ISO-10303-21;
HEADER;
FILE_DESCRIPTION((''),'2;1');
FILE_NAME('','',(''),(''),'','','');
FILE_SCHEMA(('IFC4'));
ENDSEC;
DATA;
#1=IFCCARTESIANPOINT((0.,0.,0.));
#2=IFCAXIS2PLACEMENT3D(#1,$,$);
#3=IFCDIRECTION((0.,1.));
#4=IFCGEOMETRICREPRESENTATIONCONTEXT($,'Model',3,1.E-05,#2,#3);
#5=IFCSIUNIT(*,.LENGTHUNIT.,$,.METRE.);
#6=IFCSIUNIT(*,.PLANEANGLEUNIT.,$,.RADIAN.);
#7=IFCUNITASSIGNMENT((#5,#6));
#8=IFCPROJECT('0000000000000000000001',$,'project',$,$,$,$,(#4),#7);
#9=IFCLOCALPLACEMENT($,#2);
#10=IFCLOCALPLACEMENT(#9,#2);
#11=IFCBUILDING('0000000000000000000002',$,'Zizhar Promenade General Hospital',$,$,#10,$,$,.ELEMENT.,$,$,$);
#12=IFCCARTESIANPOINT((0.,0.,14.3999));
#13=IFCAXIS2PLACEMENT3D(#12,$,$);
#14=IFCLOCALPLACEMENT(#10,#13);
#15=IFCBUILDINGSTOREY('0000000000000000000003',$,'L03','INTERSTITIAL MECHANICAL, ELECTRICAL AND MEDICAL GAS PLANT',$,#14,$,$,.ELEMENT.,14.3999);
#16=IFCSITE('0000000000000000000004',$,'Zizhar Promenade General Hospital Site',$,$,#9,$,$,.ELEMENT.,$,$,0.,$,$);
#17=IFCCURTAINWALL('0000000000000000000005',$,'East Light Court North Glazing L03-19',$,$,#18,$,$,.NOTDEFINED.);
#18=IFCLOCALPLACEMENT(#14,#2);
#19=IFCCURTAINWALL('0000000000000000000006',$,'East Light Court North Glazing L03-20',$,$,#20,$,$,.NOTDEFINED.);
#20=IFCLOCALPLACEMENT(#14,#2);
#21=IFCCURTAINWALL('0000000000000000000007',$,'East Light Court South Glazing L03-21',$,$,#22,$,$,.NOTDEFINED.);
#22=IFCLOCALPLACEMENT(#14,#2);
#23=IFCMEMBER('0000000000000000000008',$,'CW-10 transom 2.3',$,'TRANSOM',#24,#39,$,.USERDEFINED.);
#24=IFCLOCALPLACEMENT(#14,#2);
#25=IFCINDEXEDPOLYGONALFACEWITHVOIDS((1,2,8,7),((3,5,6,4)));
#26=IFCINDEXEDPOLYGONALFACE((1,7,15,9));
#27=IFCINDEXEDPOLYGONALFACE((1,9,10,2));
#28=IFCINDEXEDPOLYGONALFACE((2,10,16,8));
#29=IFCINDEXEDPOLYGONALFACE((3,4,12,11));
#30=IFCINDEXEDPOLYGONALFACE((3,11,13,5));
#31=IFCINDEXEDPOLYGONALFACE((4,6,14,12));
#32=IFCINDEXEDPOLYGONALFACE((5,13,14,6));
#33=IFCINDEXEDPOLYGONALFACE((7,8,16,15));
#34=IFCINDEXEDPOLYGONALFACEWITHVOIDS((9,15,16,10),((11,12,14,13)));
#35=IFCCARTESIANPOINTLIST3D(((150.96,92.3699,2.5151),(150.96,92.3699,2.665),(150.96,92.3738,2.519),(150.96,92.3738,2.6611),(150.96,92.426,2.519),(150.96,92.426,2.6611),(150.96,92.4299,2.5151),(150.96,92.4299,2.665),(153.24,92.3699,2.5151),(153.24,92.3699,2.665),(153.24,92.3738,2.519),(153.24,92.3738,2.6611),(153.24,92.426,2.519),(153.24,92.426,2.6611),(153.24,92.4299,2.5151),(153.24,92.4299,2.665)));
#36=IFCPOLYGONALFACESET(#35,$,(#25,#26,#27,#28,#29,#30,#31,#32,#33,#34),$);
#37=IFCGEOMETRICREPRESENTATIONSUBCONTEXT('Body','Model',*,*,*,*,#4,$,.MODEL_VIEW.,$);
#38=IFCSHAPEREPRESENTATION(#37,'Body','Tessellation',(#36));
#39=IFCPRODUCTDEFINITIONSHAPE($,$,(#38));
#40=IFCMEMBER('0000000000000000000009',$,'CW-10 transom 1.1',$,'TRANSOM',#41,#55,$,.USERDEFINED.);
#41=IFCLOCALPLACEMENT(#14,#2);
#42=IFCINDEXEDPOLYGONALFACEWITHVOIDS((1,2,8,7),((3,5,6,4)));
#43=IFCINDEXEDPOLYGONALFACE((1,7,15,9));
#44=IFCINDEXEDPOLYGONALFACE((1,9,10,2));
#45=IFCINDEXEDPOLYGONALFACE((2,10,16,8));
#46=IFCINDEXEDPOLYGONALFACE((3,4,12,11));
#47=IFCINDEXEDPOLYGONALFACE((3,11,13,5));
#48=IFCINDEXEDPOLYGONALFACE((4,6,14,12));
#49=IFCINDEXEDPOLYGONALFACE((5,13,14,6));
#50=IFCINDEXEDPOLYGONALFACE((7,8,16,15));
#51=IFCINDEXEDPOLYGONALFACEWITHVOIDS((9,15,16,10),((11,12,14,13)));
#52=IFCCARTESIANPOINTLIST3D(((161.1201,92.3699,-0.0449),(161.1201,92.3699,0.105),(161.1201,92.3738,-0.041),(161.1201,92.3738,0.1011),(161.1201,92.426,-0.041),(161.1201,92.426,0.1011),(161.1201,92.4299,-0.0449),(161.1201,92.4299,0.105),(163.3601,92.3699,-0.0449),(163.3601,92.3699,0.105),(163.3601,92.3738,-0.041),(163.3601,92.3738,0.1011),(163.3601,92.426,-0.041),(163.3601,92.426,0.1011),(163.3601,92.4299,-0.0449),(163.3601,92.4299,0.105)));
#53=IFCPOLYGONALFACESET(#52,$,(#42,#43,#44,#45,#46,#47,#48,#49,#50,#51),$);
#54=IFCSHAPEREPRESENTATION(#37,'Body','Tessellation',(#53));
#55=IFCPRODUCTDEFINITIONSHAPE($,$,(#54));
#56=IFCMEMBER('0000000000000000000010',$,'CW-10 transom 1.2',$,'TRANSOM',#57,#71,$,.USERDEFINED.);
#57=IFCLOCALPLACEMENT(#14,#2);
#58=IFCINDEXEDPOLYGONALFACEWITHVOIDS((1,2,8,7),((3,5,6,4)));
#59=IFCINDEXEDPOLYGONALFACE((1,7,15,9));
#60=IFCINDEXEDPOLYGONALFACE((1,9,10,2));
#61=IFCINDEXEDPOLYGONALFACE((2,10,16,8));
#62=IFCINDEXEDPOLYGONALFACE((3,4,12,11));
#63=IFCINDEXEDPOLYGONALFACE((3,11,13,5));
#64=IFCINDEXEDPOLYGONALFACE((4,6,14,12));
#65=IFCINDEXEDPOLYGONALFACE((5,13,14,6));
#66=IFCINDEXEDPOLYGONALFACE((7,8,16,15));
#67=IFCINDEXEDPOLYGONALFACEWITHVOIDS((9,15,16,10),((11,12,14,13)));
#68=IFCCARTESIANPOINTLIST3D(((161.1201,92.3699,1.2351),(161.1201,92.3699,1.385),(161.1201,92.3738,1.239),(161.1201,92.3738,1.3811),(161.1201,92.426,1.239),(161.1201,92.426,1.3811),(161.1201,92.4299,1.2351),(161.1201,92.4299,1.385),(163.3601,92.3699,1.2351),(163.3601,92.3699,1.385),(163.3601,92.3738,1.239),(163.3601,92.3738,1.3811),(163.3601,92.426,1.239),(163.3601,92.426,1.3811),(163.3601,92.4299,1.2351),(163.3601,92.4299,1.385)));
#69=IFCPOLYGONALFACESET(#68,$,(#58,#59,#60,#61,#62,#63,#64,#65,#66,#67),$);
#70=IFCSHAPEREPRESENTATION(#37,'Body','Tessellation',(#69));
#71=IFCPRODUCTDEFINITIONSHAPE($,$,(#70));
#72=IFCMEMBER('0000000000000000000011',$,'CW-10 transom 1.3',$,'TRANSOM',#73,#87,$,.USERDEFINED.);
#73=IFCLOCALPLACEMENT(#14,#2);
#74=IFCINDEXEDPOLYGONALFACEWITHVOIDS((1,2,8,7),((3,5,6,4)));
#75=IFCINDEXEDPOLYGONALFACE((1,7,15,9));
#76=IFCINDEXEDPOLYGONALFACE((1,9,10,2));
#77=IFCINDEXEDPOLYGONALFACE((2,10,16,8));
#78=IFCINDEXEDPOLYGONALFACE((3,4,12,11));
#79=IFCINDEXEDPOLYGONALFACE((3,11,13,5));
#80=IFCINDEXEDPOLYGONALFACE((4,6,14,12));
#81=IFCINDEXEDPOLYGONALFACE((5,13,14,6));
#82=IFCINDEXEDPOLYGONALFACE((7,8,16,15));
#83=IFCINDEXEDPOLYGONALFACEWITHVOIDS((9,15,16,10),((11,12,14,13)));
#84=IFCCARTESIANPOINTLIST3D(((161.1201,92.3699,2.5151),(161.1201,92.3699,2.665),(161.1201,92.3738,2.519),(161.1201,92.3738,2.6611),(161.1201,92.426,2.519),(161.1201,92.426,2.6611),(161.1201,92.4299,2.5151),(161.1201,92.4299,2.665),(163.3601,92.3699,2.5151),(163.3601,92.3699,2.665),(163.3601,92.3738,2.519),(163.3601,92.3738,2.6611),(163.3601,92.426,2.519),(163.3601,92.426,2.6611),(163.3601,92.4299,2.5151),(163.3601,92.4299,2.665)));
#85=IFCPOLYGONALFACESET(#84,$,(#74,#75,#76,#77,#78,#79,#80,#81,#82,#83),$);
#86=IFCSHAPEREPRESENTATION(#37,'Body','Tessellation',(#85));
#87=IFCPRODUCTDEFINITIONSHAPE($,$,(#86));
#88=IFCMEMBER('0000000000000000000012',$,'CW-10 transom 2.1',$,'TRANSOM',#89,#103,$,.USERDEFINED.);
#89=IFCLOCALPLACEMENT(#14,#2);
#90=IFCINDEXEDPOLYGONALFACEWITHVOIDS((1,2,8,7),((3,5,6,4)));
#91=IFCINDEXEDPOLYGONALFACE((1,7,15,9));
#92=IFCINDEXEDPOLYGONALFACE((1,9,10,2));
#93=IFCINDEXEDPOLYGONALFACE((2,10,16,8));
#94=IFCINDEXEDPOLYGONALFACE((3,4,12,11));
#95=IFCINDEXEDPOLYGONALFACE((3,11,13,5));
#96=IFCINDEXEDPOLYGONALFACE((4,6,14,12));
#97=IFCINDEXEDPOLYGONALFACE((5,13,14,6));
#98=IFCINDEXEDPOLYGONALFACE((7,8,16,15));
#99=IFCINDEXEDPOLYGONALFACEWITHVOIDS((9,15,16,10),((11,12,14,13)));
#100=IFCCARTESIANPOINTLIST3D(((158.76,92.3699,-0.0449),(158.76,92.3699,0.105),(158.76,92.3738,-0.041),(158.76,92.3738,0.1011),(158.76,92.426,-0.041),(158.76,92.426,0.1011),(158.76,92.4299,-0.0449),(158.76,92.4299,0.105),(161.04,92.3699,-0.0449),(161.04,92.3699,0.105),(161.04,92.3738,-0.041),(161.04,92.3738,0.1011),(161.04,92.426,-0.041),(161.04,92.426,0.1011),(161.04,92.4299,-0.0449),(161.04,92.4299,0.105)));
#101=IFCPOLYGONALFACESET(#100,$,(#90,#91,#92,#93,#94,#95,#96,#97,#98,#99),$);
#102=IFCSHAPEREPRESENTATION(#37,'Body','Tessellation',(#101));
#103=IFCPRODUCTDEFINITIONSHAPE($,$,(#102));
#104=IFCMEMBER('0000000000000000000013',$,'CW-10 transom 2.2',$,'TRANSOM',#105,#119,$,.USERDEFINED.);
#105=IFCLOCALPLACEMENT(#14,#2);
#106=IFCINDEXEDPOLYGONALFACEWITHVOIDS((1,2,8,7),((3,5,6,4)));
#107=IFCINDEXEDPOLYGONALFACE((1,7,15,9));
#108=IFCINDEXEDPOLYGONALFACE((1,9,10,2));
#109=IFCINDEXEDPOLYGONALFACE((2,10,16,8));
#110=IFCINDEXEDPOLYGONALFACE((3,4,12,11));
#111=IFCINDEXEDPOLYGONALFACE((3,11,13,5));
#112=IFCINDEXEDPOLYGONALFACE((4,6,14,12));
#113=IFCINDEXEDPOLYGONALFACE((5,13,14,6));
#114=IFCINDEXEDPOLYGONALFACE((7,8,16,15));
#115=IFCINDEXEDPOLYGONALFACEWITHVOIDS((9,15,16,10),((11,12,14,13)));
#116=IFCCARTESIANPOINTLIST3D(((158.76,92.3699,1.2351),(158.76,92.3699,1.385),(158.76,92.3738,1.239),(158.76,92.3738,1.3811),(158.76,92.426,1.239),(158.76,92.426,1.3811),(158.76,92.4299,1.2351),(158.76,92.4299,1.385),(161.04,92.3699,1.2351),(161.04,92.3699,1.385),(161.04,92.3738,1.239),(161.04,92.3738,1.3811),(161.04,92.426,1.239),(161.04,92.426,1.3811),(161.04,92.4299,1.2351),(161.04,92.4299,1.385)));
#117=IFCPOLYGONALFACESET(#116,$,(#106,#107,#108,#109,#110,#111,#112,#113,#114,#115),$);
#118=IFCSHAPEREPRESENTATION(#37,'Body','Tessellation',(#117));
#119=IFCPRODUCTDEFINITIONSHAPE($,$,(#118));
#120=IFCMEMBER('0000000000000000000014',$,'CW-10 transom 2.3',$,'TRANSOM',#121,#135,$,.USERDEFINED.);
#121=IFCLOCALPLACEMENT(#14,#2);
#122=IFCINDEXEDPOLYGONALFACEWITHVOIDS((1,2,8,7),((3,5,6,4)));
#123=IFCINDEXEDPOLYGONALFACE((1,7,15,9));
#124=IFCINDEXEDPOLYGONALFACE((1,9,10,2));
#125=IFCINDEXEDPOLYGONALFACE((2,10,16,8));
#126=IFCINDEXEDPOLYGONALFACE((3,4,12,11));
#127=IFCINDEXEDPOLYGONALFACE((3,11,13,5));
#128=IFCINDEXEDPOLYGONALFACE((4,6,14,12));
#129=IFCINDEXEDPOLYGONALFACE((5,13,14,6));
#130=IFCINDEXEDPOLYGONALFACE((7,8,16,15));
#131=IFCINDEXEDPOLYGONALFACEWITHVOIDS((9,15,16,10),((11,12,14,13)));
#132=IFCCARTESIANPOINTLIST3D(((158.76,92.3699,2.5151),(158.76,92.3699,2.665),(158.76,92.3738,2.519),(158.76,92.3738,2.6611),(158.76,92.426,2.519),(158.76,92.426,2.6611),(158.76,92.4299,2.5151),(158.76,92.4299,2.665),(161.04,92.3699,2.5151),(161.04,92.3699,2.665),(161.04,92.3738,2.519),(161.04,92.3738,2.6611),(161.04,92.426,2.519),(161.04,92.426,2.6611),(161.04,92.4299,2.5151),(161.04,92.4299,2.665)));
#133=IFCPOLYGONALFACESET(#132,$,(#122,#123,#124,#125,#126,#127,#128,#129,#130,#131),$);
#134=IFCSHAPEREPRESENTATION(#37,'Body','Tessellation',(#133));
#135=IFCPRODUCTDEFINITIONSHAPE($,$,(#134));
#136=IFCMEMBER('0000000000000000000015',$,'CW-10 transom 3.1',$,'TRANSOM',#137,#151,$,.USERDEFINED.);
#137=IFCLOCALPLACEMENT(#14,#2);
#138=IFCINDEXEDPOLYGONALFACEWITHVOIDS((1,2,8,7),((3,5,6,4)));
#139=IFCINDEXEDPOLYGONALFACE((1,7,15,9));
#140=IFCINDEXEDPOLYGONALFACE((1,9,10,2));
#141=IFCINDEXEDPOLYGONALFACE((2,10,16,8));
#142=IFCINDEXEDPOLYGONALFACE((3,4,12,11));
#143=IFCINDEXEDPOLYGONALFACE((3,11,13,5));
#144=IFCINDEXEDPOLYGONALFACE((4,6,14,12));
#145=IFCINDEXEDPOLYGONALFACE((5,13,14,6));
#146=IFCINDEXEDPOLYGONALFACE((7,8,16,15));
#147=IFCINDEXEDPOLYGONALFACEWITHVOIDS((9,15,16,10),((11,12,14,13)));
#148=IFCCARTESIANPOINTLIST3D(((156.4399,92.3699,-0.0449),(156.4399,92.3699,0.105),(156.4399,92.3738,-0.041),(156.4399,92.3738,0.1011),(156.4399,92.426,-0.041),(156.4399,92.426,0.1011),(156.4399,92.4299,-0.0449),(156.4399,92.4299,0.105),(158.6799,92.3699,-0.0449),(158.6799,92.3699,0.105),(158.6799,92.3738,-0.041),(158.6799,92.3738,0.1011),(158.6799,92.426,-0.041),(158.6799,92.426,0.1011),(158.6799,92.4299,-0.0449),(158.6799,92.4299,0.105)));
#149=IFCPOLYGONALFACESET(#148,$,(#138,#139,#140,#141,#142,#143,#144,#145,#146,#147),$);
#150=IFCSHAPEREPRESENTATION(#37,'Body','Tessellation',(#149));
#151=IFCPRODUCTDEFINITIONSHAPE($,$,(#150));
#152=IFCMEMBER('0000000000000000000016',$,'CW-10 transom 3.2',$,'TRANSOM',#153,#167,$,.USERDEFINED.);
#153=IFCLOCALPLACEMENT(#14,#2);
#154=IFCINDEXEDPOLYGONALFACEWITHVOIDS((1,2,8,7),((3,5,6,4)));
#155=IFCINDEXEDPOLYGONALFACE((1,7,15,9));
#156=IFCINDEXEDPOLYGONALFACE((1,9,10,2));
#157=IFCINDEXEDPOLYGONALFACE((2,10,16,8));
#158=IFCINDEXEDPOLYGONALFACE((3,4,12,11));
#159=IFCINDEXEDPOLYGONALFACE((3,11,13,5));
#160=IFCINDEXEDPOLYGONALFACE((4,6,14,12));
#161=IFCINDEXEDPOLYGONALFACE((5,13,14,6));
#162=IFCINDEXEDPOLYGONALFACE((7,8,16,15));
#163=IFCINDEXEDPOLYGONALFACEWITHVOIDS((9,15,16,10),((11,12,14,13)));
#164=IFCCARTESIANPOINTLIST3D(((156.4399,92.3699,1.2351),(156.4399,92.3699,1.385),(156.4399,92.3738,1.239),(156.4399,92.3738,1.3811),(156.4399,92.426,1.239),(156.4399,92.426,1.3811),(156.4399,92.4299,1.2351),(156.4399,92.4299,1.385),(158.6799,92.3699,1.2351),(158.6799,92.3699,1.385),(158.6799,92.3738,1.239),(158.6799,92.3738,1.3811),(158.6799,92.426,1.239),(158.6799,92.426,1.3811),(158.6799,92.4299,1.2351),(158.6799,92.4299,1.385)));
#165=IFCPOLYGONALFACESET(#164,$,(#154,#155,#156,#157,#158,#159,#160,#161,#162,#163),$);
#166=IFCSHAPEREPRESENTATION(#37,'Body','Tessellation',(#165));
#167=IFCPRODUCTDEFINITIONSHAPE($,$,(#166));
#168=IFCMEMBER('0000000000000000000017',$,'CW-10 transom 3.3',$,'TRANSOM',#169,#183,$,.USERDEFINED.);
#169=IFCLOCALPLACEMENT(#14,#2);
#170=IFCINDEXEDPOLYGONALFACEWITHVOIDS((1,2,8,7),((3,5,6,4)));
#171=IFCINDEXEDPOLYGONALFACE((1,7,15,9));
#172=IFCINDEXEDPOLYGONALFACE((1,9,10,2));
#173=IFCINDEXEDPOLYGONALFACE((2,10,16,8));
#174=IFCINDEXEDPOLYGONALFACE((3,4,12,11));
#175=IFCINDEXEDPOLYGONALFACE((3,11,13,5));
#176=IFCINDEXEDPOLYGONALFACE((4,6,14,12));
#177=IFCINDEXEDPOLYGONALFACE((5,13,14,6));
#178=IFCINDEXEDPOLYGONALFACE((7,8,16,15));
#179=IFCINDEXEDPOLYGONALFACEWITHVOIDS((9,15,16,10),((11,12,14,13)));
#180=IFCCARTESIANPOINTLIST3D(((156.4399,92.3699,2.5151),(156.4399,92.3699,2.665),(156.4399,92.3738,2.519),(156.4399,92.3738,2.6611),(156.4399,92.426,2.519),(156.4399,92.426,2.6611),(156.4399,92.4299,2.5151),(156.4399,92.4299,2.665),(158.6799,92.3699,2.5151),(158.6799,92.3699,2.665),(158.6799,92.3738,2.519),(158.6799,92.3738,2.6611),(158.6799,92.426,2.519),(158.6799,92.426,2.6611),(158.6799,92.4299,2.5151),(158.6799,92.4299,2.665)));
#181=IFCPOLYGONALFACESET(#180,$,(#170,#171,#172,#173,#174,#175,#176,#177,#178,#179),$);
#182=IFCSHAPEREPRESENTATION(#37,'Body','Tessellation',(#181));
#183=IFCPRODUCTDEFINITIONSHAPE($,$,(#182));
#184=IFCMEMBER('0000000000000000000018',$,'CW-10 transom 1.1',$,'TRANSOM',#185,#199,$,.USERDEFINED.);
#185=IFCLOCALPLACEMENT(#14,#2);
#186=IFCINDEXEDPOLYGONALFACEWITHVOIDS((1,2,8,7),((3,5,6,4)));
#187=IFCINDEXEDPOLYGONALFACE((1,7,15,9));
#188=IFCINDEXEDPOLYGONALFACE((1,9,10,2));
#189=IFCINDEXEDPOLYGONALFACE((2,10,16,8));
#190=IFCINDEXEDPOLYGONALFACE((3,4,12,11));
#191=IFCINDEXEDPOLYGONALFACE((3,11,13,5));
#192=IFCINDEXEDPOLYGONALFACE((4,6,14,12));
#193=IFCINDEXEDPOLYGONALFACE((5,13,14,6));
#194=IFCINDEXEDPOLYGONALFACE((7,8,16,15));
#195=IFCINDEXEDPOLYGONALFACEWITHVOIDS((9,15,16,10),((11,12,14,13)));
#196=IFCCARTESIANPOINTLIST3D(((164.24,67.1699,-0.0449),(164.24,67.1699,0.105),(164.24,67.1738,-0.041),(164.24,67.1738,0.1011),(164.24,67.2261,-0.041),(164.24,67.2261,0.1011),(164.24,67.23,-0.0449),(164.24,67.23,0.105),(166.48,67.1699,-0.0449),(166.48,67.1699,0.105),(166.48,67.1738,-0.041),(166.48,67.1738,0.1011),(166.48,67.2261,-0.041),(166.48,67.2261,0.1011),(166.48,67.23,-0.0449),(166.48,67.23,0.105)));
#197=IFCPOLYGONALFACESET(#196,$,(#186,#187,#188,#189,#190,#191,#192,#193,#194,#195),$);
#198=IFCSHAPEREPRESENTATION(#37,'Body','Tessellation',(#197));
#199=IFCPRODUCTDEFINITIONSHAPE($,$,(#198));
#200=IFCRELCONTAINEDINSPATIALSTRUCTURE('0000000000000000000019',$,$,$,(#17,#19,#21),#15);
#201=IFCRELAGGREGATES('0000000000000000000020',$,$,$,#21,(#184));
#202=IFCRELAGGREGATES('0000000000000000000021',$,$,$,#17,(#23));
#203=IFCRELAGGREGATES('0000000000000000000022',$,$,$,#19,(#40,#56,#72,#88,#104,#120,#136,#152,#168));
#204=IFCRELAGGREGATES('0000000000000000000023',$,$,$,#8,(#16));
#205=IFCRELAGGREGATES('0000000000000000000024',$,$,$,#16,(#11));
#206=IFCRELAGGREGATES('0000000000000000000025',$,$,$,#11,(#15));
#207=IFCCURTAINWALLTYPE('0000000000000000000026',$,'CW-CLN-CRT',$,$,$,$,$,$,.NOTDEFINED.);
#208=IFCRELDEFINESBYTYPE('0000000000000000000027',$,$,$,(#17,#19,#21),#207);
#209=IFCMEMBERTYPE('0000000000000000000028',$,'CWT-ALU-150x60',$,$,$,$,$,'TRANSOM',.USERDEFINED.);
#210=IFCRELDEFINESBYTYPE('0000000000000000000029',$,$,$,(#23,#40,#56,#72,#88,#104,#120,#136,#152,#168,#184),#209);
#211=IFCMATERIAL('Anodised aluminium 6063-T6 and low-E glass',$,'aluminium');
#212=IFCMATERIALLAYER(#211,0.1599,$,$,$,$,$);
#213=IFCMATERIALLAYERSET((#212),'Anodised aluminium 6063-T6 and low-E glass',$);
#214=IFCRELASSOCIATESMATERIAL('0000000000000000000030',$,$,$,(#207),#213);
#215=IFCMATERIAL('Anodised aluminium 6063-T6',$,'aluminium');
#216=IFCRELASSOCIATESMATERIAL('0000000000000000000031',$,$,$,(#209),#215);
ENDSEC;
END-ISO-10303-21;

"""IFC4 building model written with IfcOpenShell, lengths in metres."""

from ifc_helpers import new_model, si_unit, direction, frame, origin, origin_2d, place, context, subcontext, project, spatial, hollow_rectangle, extrude, material, layer, layer_set, material_profile, profile_set, type_object, element, aggregate, save


model = new_model("IFC4")

# Units and contexts
model_context = context("Model", 3, precision=1e-05, world=origin(), true_north=direction((0.0, 1.0)))
body_context = subcontext(model_context, "Body", "Model", "MODEL_VIEW")
ifc_project = project(units=[si_unit("LENGTHUNIT", "METRE"), si_unit("PLANEANGLEUNIT", "RADIAN")], contexts=[model_context])

# Site, building, storey
site_placement = place(None, origin())
site = spatial("IfcSite", under=ifc_project, at=site_placement, Name="Zizhar Promenade General Hospital Site", CompositionType="ELEMENT", RefElevation=0.0)
building_placement = place(site_placement, origin())
building = spatial("IfcBuilding", under=site, at=building_placement, Name="Zizhar Promenade General Hospital", CompositionType="ELEMENT")
storey_placement = place(building_placement, frame((0.0, 0.0, 14.3999)))
storey = spatial("IfcBuildingStorey", under=building, at=storey_placement, Name="L03", Description="INTERSTITIAL MECHANICAL, ELECTRICAL AND MEDICAL GAS PLANT", CompositionType="ELEMENT", Elevation=14.3999)

# Curtain walls
ifc_material_1 = material(Name="Anodised aluminium 6063-T6 and low-E glass", Category="aluminium")
ifc_layer_1 = layer(ifc_material_1, 0.1599)
ifc_layer_set_1 = layer_set([ifc_layer_1], Name="Anodised aluminium 6063-T6 and low-E glass")
curtain_wall_type = type_object("IfcCurtainWallType", Name="CW-CLN-CRT", PredefinedType="NOTDEFINED", material=ifc_layer_set_1)
curtain_wall_1_placement = place(storey_placement, origin())
curtain_wall_1 = element("IfcCurtainWall", 1, at=curtain_wall_1_placement, inside=storey, type_object=curtain_wall_type, Name="East Light Court North Glazing L03-19", PredefinedType="NOTDEFINED")
curtain_wall_2_placement = place(storey_placement, origin())
curtain_wall_2 = element("IfcCurtainWall", 2, at=curtain_wall_2_placement, inside=storey, type_object=curtain_wall_type, Name="East Light Court North Glazing L03-20", PredefinedType="NOTDEFINED")

# Curtain wall
curtain_wall_3_placement = place(storey_placement, origin())
curtain_wall_3 = element("IfcCurtainWall", 3, at=curtain_wall_3_placement, inside=storey, type_object=curtain_wall_type, Name="East Light Court South Glazing L03-21", PredefinedType="NOTDEFINED")

# Members
ifc_material_2 = material(Name="Anodised aluminium 6063-T6", Category="aluminium")
ifc_material_profile_1 = material_profile(ifc_material_2, hollow_rectangle(XDim=0.0601, YDim=0.1499, WallThickness=0.0039, at=origin_2d()))
ifc_profile_set_1 = profile_set([ifc_material_profile_1], Name="Anodised aluminium 6063-T6")
member_type_1 = type_object("IfcMemberType", Name="CWT-ALU-150x60", ElementType="TRANSOM", PredefinedType="USERDEFINED", material=ifc_profile_set_1)
member_1_placement = place(storey_placement, frame((153.24, 92.3999, 2.5901), z_axis=(-1.0, 0.0, 0.0), x_axis=(0.0, -1.0, 0.0)))
member_1 = element("IfcMember", 4, at=member_1_placement, type_object=member_type_1, Name="CW-10 transom 2.3", ObjectType="TRANSOM", PredefinedType="USERDEFINED", context=body_context, shape_type="SweptSolid", body=[
    extrude(hollow_rectangle(XDim=0.0601, YDim=0.1499, WallThickness=0.0039, at=origin_2d()), origin(), (0.0, 0.0, 1.0), 2.28),
])
member_2_placement = place(storey_placement, frame((163.3601, 92.3999, 0.03), z_axis=(-1.0, 0.0, 0.0), x_axis=(0.0, -1.0, 0.0)))
member_2 = element("IfcMember", 5, at=member_2_placement, type_object=member_type_1, Name="CW-10 transom 1.1", ObjectType="TRANSOM", PredefinedType="USERDEFINED", context=body_context, shape_type="SweptSolid", body=[
    extrude(hollow_rectangle(XDim=0.0601, YDim=0.1499, WallThickness=0.0039, at=origin_2d()), origin(), (0.0, 0.0, 1.0), 2.24),
])
member_3_placement = place(storey_placement, frame((163.3601, 92.3999, 1.3101), z_axis=(-1.0, 0.0, 0.0), x_axis=(0.0, -1.0, 0.0)))
member_3 = element("IfcMember", 6, at=member_3_placement, type_object=member_type_1, Name="CW-10 transom 1.2", ObjectType="TRANSOM", PredefinedType="USERDEFINED", context=body_context, shape_type="SweptSolid", body=[
    extrude(hollow_rectangle(XDim=0.0601, YDim=0.1499, WallThickness=0.0039, at=origin_2d()), origin(), (0.0, 0.0, 1.0), 2.24),
])
member_4_placement = place(storey_placement, frame((163.3601, 92.3999, 2.5901), z_axis=(-1.0, 0.0, 0.0), x_axis=(0.0, -1.0, 0.0)))
member_4 = element("IfcMember", 7, at=member_4_placement, type_object=member_type_1, Name="CW-10 transom 1.3", ObjectType="TRANSOM", PredefinedType="USERDEFINED", context=body_context, shape_type="SweptSolid", body=[
    extrude(hollow_rectangle(XDim=0.0601, YDim=0.1499, WallThickness=0.0039, at=origin_2d()), origin(), (0.0, 0.0, 1.0), 2.24),
])
member_5_placement = place(storey_placement, frame((161.04, 92.3999, 0.03), z_axis=(-1.0, 0.0, 0.0), x_axis=(0.0, -1.0, 0.0)))
member_5 = element("IfcMember", 8, at=member_5_placement, type_object=member_type_1, Name="CW-10 transom 2.1", ObjectType="TRANSOM", PredefinedType="USERDEFINED", context=body_context, shape_type="SweptSolid", body=[
    extrude(hollow_rectangle(XDim=0.0601, YDim=0.1499, WallThickness=0.0039, at=origin_2d()), origin(), (0.0, 0.0, 1.0), 2.28),
])
member_6_placement = place(storey_placement, frame((161.04, 92.3999, 1.3101), z_axis=(-1.0, 0.0, 0.0), x_axis=(0.0, -1.0, 0.0)))
member_6 = element("IfcMember", 9, at=member_6_placement, type_object=member_type_1, Name="CW-10 transom 2.2", ObjectType="TRANSOM", PredefinedType="USERDEFINED", context=body_context, shape_type="SweptSolid", body=[
    extrude(hollow_rectangle(XDim=0.0601, YDim=0.1499, WallThickness=0.0039, at=origin_2d()), origin(), (0.0, 0.0, 1.0), 2.28),
])
member_7_placement = place(storey_placement, frame((161.04, 92.3999, 2.5901), z_axis=(-1.0, 0.0, 0.0), x_axis=(0.0, -1.0, 0.0)))
member_7 = element("IfcMember", 10, at=member_7_placement, type_object=member_type_1, Name="CW-10 transom 2.3", ObjectType="TRANSOM", PredefinedType="USERDEFINED", context=body_context, shape_type="SweptSolid", body=[
    extrude(hollow_rectangle(XDim=0.0601, YDim=0.1499, WallThickness=0.0039, at=origin_2d()), origin(), (0.0, 0.0, 1.0), 2.28),
])
member_8_placement = place(storey_placement, frame((158.6799, 92.3999, 0.03), z_axis=(-1.0, 0.0, 0.0), x_axis=(0.0, -1.0, 0.0)))
member_8 = element("IfcMember", 11, at=member_8_placement, type_object=member_type_1, Name="CW-10 transom 3.1", ObjectType="TRANSOM", PredefinedType="USERDEFINED", context=body_context, shape_type="SweptSolid", body=[
    extrude(hollow_rectangle(XDim=0.0601, YDim=0.1499, WallThickness=0.0039, at=origin_2d()), origin(), (0.0, 0.0, 1.0), 2.24),
])
member_9_placement = place(storey_placement, frame((158.6799, 92.3999, 1.3101), z_axis=(-1.0, 0.0, 0.0), x_axis=(0.0, -1.0, 0.0)))
member_9 = element("IfcMember", 12, at=member_9_placement, type_object=member_type_1, Name="CW-10 transom 3.2", ObjectType="TRANSOM", PredefinedType="USERDEFINED", context=body_context, shape_type="SweptSolid", body=[
    extrude(hollow_rectangle(XDim=0.0601, YDim=0.1499, WallThickness=0.0039, at=origin_2d()), origin(), (0.0, 0.0, 1.0), 2.24),
])
member_10_placement = place(storey_placement, frame((158.6799, 92.3999, 2.5901), z_axis=(-1.0, 0.0, 0.0), x_axis=(0.0, -1.0, 0.0)))
member_10 = element("IfcMember", 13, at=member_10_placement, type_object=member_type_1, Name="CW-10 transom 3.3", ObjectType="TRANSOM", PredefinedType="USERDEFINED", context=body_context, shape_type="SweptSolid", body=[
    extrude(hollow_rectangle(XDim=0.0601, YDim=0.1499, WallThickness=0.0039, at=origin_2d()), origin(), (0.0, 0.0, 1.0), 2.24),
])
member_11_placement = place(storey_placement, frame((164.24, 67.2, 0.03), z_axis=(1.0, 0.0, 0.0), x_axis=(0.0, 1.0, 0.0)))
member_11 = element("IfcMember", 14, at=member_11_placement, type_object=member_type_1, Name="CW-10 transom 1.1", ObjectType="TRANSOM", PredefinedType="USERDEFINED", context=body_context, shape_type="SweptSolid", body=[
    extrude(hollow_rectangle(XDim=0.0601, YDim=0.1499, WallThickness=0.0039, at=origin_2d()), origin(), (0.0, 0.0, 1.0), 2.24),
])
aggregate(curtain_wall_3, [member_11])

aggregate(curtain_wall_1, [member_1])
aggregate(curtain_wall_2, [member_2, member_3, member_4, member_5, member_6, member_7, member_8, member_9, member_10])

save(model, "model.ifc")
